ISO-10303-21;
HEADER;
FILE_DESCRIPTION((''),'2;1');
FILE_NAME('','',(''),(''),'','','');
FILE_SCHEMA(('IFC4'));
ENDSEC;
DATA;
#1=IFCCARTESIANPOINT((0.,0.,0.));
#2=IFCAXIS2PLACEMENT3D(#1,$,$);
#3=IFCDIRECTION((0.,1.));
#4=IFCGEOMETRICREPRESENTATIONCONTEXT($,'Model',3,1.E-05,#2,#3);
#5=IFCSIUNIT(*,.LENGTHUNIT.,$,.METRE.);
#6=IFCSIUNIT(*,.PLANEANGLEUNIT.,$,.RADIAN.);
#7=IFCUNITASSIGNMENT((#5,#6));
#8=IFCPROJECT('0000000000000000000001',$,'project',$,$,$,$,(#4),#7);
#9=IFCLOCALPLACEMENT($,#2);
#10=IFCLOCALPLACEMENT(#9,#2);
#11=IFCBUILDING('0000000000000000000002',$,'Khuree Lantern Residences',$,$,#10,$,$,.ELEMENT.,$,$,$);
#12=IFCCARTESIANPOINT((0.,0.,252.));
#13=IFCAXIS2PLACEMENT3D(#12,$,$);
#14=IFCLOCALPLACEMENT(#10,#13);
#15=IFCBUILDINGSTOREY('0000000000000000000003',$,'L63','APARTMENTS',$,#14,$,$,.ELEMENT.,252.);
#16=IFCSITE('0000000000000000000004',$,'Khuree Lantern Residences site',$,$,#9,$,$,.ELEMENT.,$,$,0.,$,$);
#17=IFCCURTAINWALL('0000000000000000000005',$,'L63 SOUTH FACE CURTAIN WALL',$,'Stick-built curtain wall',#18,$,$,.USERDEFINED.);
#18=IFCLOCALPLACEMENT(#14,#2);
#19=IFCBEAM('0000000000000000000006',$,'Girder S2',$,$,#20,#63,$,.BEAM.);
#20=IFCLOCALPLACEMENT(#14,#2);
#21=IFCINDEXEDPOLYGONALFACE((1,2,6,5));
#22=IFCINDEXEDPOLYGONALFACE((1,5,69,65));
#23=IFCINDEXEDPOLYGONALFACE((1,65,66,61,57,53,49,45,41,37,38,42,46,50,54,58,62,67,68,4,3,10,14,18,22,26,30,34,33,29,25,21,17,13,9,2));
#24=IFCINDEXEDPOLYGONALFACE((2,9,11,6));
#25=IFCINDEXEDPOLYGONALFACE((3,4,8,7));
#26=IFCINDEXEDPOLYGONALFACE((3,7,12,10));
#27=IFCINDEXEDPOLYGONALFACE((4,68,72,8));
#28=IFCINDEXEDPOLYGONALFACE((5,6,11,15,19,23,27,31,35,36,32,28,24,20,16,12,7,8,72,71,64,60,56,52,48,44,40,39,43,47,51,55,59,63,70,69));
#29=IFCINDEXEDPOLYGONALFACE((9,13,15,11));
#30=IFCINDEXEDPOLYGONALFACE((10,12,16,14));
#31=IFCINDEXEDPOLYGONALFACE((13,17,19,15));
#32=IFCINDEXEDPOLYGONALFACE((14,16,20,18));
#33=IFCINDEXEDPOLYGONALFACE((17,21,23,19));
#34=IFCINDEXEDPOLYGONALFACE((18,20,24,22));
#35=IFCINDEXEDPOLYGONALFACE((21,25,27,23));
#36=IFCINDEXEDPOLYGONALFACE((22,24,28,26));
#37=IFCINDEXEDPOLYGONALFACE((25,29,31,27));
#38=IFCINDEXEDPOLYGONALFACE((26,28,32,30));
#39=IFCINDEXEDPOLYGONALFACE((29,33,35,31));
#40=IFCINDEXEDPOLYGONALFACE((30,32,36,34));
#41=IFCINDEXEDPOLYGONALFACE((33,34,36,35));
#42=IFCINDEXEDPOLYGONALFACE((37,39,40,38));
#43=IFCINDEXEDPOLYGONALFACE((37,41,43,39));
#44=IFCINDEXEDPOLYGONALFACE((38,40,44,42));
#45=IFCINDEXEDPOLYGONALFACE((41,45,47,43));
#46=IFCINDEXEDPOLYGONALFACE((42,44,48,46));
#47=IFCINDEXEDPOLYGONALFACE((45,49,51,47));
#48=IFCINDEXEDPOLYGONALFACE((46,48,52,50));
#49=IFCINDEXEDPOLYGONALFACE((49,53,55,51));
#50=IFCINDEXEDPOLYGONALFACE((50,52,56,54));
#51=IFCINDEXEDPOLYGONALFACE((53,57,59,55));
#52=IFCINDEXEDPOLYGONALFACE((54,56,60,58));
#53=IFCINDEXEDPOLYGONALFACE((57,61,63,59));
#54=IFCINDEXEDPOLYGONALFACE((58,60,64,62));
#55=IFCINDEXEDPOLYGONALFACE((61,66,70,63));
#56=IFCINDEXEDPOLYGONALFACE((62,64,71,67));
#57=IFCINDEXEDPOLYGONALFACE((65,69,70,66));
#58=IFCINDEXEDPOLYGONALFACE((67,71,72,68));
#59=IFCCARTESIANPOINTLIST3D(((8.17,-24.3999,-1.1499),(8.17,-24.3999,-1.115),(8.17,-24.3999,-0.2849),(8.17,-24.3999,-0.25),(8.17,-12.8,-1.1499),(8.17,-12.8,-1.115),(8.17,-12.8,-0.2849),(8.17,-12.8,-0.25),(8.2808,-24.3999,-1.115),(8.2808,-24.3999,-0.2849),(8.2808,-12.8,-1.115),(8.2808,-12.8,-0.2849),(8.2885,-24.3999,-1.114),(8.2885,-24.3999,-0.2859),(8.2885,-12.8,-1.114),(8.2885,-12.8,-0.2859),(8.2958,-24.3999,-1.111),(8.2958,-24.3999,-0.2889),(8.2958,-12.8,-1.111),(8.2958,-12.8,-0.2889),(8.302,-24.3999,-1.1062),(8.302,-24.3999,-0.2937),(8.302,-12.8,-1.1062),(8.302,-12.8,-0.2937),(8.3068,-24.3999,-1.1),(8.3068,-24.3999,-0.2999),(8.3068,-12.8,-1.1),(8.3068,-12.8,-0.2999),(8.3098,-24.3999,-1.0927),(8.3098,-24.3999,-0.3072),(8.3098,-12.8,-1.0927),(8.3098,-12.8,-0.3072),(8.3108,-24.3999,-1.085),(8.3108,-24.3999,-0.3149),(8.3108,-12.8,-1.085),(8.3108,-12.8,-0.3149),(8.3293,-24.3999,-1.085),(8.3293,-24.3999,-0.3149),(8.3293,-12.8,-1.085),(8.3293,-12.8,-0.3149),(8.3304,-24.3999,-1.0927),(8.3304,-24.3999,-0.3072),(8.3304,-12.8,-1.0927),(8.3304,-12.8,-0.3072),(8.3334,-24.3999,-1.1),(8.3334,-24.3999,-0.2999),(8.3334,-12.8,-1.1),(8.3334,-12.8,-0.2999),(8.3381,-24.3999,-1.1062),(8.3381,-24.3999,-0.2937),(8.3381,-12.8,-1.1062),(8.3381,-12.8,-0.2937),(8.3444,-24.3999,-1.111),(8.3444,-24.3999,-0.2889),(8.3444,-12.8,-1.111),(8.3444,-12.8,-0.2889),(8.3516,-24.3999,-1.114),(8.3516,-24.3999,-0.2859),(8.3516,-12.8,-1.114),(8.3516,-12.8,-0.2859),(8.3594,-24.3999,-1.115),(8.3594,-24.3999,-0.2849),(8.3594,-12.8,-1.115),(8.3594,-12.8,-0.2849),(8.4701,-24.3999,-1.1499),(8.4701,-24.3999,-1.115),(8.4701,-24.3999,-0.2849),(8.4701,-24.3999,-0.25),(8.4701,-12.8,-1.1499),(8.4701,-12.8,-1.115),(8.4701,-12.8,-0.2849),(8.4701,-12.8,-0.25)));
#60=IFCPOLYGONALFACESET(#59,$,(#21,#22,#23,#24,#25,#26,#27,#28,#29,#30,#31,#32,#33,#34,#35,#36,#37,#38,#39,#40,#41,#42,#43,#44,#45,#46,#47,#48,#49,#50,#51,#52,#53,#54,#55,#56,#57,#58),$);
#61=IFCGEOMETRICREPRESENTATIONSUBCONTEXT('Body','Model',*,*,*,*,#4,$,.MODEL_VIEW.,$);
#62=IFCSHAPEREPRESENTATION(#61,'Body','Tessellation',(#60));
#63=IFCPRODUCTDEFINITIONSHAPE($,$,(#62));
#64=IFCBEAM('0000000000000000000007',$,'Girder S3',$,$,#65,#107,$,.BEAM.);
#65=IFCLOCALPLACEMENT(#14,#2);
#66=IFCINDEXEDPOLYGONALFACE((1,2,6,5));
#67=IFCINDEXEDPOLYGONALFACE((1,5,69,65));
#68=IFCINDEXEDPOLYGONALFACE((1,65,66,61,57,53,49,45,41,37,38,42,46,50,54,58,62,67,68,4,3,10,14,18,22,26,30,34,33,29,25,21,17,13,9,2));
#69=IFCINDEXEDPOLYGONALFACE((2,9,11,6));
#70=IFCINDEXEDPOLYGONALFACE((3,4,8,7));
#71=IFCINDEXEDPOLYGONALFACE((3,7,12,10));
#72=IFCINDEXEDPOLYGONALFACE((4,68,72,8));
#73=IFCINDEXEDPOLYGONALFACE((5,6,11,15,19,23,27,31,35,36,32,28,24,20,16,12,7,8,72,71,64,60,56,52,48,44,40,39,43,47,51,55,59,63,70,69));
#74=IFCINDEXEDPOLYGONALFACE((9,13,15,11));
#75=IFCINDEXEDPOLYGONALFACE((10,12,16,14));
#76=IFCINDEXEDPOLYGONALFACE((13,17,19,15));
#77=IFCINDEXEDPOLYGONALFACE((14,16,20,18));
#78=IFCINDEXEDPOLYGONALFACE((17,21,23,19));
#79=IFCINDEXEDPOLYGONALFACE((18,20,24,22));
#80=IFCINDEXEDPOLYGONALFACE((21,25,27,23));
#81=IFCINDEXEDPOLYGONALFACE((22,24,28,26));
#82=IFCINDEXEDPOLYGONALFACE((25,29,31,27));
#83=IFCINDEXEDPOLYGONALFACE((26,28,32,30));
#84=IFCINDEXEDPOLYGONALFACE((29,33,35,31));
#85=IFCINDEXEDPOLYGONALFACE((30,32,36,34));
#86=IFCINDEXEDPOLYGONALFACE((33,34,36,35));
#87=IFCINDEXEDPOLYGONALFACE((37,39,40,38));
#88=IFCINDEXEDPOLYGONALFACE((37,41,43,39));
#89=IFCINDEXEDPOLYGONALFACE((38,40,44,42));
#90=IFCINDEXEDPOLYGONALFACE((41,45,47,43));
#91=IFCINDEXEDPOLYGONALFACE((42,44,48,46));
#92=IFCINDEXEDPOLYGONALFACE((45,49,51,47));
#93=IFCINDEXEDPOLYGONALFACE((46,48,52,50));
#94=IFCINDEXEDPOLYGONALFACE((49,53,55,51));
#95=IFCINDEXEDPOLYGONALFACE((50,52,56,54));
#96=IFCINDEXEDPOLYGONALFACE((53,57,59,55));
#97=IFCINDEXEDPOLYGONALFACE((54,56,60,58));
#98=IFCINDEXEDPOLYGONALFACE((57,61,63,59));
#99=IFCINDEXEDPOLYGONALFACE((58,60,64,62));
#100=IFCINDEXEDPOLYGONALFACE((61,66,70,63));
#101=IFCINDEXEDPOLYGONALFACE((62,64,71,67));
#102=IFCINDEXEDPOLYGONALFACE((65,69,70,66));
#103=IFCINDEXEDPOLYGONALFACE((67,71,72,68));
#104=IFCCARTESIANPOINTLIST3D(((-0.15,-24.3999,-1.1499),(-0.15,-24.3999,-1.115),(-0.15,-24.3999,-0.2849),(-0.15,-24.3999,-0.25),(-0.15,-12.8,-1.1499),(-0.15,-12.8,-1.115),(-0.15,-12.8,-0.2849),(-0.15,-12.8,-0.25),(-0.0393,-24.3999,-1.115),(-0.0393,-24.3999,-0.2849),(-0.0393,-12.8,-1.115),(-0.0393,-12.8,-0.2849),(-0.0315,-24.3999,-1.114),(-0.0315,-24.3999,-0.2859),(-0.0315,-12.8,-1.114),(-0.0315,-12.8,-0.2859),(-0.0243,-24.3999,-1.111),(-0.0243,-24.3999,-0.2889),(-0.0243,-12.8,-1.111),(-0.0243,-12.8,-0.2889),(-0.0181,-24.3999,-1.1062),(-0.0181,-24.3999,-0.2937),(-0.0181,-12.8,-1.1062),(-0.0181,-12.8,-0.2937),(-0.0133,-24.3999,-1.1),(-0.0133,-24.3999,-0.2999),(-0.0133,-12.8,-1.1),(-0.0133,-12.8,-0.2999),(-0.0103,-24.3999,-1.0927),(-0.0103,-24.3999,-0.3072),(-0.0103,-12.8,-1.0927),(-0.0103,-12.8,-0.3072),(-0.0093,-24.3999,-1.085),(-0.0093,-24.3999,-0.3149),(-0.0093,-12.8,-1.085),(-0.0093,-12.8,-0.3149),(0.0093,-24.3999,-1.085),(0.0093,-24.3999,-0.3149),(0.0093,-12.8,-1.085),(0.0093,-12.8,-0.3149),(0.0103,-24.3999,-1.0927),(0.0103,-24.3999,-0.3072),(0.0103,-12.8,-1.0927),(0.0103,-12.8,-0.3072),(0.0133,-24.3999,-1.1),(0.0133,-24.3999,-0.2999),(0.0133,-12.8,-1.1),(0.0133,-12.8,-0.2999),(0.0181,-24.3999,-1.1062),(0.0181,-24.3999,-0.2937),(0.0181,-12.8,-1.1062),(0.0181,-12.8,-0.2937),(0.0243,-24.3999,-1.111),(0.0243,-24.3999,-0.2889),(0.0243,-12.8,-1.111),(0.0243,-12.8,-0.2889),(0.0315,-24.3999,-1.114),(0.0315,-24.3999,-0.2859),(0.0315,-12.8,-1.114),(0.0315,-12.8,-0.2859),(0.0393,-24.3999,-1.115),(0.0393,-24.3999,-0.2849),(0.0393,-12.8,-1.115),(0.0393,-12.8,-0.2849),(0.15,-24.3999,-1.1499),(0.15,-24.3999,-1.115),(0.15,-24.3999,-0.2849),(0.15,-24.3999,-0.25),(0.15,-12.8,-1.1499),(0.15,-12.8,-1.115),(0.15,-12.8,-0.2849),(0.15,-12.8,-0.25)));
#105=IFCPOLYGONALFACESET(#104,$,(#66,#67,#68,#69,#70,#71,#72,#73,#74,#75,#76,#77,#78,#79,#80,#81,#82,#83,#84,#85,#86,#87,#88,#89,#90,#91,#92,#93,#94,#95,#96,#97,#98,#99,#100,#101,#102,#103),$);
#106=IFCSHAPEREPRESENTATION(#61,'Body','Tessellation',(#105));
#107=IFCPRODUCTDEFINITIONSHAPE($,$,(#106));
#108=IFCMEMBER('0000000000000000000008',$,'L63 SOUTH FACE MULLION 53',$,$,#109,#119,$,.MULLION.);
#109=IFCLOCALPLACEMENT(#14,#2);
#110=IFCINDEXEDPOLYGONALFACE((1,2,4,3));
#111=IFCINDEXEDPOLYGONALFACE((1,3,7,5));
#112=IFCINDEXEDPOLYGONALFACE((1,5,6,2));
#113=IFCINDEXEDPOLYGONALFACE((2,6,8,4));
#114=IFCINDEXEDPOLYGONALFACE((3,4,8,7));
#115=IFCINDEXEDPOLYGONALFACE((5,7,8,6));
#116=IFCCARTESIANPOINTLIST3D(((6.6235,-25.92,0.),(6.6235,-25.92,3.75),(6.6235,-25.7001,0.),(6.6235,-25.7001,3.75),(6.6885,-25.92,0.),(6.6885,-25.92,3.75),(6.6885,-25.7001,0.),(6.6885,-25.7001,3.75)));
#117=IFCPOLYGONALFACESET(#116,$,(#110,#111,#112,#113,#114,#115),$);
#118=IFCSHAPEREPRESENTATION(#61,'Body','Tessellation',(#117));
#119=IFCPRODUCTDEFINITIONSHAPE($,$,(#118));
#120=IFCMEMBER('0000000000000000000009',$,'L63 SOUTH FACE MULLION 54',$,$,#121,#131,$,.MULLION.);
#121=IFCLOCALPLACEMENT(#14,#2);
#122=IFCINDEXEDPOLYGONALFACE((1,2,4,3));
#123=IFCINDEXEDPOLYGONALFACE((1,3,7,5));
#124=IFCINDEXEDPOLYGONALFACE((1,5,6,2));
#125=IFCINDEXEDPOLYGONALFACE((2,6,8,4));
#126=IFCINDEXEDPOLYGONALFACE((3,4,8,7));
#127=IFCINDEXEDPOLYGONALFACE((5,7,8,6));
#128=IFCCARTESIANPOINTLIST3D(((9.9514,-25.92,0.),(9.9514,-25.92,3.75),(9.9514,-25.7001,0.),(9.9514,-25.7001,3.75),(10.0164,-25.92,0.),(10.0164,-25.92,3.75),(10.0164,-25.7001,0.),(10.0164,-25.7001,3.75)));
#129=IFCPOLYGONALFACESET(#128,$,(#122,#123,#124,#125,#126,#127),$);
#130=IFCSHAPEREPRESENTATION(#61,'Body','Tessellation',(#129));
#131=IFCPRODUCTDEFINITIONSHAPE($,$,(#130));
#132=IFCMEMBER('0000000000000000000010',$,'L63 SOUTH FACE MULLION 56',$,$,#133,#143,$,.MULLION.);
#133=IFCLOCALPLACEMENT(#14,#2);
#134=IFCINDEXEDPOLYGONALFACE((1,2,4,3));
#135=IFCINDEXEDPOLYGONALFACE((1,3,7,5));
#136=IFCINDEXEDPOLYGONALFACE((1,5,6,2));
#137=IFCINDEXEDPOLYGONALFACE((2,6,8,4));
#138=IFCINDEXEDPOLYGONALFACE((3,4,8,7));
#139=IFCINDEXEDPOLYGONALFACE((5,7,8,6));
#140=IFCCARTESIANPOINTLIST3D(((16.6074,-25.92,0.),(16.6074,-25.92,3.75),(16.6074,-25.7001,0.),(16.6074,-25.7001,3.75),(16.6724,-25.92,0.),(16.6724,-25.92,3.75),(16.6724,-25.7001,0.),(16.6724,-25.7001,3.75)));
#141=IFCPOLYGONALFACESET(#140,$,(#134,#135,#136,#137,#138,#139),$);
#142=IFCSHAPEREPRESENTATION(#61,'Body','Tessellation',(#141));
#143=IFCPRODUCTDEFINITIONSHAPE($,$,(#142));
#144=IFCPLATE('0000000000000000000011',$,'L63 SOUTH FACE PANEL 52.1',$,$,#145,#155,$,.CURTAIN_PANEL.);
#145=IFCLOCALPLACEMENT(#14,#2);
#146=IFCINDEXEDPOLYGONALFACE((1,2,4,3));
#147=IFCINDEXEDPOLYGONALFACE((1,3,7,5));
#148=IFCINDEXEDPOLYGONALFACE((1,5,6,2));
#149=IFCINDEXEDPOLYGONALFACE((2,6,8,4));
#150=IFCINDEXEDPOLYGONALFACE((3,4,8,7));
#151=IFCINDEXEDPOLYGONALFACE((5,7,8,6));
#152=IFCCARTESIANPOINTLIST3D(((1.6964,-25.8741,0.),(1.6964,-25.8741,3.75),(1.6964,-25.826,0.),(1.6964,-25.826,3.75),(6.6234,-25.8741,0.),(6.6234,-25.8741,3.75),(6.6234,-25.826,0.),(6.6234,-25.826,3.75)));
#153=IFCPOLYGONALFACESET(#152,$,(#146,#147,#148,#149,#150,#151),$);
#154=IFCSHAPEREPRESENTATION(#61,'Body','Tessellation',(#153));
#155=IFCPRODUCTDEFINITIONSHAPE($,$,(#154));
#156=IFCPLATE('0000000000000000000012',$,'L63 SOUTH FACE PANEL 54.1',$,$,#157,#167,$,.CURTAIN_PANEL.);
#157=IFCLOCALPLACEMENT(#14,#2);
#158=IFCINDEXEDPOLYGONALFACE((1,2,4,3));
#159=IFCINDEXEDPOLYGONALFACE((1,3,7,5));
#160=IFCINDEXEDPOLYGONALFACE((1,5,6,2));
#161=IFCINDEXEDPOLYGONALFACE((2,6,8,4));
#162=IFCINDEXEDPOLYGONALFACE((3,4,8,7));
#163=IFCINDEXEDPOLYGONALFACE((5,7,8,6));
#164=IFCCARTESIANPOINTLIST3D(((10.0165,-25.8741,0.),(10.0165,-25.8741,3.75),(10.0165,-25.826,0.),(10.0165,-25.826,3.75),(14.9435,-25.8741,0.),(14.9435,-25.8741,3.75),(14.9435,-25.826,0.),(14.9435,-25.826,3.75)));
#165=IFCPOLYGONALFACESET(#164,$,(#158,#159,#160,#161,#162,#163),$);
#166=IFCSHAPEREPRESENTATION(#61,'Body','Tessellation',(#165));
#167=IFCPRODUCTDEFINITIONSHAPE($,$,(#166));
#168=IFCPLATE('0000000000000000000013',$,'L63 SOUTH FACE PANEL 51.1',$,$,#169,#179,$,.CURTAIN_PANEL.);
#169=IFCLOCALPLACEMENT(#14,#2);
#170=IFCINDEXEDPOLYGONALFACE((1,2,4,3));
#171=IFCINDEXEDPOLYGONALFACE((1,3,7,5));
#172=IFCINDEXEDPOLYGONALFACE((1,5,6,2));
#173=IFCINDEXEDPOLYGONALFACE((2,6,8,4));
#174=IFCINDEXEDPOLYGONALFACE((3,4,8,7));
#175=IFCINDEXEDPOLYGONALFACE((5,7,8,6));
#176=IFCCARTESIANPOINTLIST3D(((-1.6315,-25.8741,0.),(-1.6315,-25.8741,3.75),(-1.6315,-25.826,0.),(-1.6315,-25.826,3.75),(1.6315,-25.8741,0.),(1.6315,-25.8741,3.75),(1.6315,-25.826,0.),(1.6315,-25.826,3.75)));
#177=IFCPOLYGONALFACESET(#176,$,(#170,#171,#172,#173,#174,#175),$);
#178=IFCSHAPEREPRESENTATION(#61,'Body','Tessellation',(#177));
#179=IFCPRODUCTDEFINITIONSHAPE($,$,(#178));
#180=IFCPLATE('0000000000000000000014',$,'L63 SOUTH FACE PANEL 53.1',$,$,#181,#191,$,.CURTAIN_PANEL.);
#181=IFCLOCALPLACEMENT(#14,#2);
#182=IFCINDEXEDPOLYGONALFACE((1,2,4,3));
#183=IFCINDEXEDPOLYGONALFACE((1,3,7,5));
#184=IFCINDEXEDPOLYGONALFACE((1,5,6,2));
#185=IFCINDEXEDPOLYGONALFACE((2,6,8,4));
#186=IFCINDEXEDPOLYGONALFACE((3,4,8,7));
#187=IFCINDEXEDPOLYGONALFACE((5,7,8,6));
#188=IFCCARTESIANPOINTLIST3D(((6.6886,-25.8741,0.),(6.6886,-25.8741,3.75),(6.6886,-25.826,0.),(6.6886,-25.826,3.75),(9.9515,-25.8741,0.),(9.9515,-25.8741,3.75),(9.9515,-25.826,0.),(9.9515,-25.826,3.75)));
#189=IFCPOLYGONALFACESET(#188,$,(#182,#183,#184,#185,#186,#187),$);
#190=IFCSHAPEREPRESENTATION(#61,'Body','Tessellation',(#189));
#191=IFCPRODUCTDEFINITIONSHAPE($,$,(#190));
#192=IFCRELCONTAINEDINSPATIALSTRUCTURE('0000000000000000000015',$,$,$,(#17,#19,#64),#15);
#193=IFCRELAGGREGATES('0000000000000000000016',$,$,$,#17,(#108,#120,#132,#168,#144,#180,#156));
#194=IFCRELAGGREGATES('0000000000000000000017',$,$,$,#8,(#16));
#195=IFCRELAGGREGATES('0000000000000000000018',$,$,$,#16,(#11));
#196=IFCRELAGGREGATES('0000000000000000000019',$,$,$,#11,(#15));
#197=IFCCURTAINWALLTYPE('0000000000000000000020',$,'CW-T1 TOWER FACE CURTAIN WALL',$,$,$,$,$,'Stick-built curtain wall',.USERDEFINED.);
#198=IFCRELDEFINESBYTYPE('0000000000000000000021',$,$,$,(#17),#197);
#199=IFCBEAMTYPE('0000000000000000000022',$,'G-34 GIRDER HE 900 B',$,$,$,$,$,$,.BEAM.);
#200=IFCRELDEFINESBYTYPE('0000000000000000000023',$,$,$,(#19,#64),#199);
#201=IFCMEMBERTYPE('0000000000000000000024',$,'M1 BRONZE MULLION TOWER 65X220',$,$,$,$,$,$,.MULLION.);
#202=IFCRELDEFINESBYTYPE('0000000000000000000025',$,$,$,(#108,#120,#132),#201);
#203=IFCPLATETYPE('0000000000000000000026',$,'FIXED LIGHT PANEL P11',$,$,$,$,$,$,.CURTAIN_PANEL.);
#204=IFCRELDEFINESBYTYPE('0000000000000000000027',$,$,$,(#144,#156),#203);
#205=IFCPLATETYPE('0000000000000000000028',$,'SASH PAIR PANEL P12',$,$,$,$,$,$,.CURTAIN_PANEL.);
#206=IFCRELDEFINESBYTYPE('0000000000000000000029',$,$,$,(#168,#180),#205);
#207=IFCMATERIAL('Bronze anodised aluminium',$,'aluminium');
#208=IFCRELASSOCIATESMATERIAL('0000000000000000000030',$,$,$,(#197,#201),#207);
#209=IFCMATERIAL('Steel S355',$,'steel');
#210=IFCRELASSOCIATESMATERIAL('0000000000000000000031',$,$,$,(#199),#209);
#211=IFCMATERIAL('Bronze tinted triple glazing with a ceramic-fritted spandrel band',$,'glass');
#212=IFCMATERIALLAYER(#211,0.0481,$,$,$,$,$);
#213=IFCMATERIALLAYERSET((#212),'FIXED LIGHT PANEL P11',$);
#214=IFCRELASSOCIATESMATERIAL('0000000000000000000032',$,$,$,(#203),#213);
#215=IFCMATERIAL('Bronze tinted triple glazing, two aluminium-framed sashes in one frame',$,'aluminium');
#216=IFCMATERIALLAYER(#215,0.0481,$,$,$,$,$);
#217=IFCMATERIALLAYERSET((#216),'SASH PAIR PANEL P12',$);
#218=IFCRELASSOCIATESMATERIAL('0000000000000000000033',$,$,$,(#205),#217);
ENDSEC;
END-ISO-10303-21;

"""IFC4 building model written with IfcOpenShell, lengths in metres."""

from ifc_helpers import new_model, si_unit, direction, frame, origin, origin_2d, place, context, subcontext, project, spatial, rectangle, i_section, extrude, material, layer, layer_set, material_profile, profile_set, type_object, element, aggregate, save


model = new_model("IFC4")

# Units and contexts
model_context = context("Model", 3, precision=1e-05, world=origin(), true_north=direction((0.0, 1.0)))
body_context = subcontext(model_context, "Body", "Model", "MODEL_VIEW")
ifc_project = project(units=[si_unit("LENGTHUNIT", "METRE"), si_unit("PLANEANGLEUNIT", "RADIAN")], contexts=[model_context])

# Site, building, storey
site_placement = place(None, origin())
site = spatial("IfcSite", under=ifc_project, at=site_placement, Name="Khuree Lantern Residences site", CompositionType="ELEMENT", RefElevation=0.0)
building_placement = place(site_placement, origin())
building = spatial("IfcBuilding", under=site, at=building_placement, Name="Khuree Lantern Residences", CompositionType="ELEMENT")
storey_placement = place(building_placement, frame((0.0, 0.0, 252.0)))
storey = spatial("IfcBuildingStorey", under=building, at=storey_placement, Name="L63", Description="APARTMENTS", CompositionType="ELEMENT", Elevation=252.0)

# Shared definitions
ifc_material_1 = material(Name="Steel S355", Category="steel")

# Curtain wall
ifc_material_2 = material(Name="Bronze anodised aluminium", Category="aluminium")
curtain_wall_type = type_object("IfcCurtainWallType", Name="CW-T1 TOWER FACE CURTAIN WALL", ElementType="Stick-built curtain wall", PredefinedType="USERDEFINED", material=ifc_material_2)
curtain_wall_placement = place(storey_placement, origin())
curtain_wall = element("IfcCurtainWall", 1, at=curtain_wall_placement, inside=storey, type_object=curtain_wall_type, Name="L63 SOUTH FACE CURTAIN WALL", ObjectType="Stick-built curtain wall", PredefinedType="USERDEFINED")

# Beams
ifc_material_profile_1 = material_profile(ifc_material_1, i_section(OverallWidth=0.3, OverallDepth=0.8999, WebThickness=0.0186, FlangeThickness=0.0349, FilletRadius=0.03, at=origin_2d()), Name="HE 900 B")
ifc_profile_set_1 = profile_set([ifc_material_profile_1], Name="Steel S355")
beam_type_1 = type_object("IfcBeamType", Name="G-34 GIRDER HE 900 B", PredefinedType="BEAM", material=ifc_profile_set_1)
for number, where, z_axis, x_axis, name in (
    (2, (8.3201, -24.3999, -0.7), (0.0, 1.0, 0.0), (-1.0, 0.0, 0.0), "Girder S2"),
    (3, (0.0, -24.3999, -0.7), (0.0, 1.0, 0.0), (-1.0, 0.0, 0.0), "Girder S3"),
):
    element("IfcBeam", number, at=place(storey_placement, frame(where, z_axis=z_axis, x_axis=x_axis)), inside=storey, type_object=beam_type_1, Name=name, PredefinedType="BEAM", context=body_context, shape_type="SweptSolid", body=[
        extrude(i_section(OverallWidth=0.3, OverallDepth=0.8999, WebThickness=0.0186, FlangeThickness=0.0349, FilletRadius=0.03, at=origin_2d()), origin(), (0.0, 0.0, 1.0), 11.5999),
    ])

# Members
ifc_material_profile_2 = material_profile(ifc_material_2, rectangle(XDim=0.0649, YDim=0.22, at=origin_2d()), Name="M1 65X220")
ifc_profile_set_2 = profile_set([ifc_material_profile_2], Name="Bronze anodised aluminium")
member_type_1 = type_object("IfcMemberType", Name="M1 BRONZE MULLION TOWER 65X220", PredefinedType="MULLION", material=ifc_profile_set_2)
member_1_placement = place(storey_placement, frame((6.656, -25.8101, 0.0), z_axis=(0.0, 0.0, 1.0), x_axis=(1.0, 0.0, 0.0)))
member_1 = element("IfcMember", 4, at=member_1_placement, type_object=member_type_1, Name="L63 SOUTH FACE MULLION 53", PredefinedType="MULLION", context=body_context, shape_type="SweptSolid", body=[
    extrude(rectangle(XDim=0.0649, YDim=0.22, at=origin_2d()), origin(), (0.0, 0.0, 1.0), 3.75),
])
member_2_placement = place(storey_placement, frame((9.9839, -25.8101, 0.0), z_axis=(0.0, 0.0, 1.0), x_axis=(1.0, 0.0, 0.0)))
member_2 = element("IfcMember", 5, at=member_2_placement, type_object=member_type_1, Name="L63 SOUTH FACE MULLION 54", PredefinedType="MULLION", context=body_context, shape_type="SweptSolid", body=[
    extrude(rectangle(XDim=0.0649, YDim=0.22, at=origin_2d()), origin(), (0.0, 0.0, 1.0), 3.75),
])
member_3_placement = place(storey_placement, frame((16.6399, -25.8101, 0.0), z_axis=(0.0, 0.0, 1.0), x_axis=(1.0, 0.0, 0.0)))
member_3 = element("IfcMember", 6, at=member_3_placement, type_object=member_type_1, Name="L63 SOUTH FACE MULLION 56", PredefinedType="MULLION", context=body_context, shape_type="SweptSolid", body=[
    extrude(rectangle(XDim=0.0649, YDim=0.22, at=origin_2d()), origin(), (0.0, 0.0, 1.0), 3.75),
])

# Plates
ifc_material_3 = material(Name="Bronze tinted triple glazing with a ceramic-fritted spandrel band", Category="glass")
ifc_layer_1 = layer(ifc_material_3, 0.0481)
ifc_layer_set_1 = layer_set([ifc_layer_1], Name="FIXED LIGHT PANEL P11")
plate_type_1 = type_object("IfcPlateType", Name="FIXED LIGHT PANEL P11", PredefinedType="CURTAIN_PANEL", material=ifc_layer_set_1)
plate_1_placement = place(storey_placement, frame((4.1599, -25.8501, 0.0), z_axis=(0.0, 0.0, 1.0), x_axis=(1.0, 0.0, 0.0)))
plate_1 = element("IfcPlate", 7, at=plate_1_placement, type_object=plate_type_1, Name="L63 SOUTH FACE PANEL 52.1", PredefinedType="CURTAIN_PANEL", context=body_context, shape_type="SweptSolid", body=[
    extrude(rectangle(XDim=4.927, YDim=0.0481, at=origin_2d()), origin(), (0.0, 0.0, 1.0), 3.75),
])
plate_2_placement = place(storey_placement, frame((12.48, -25.8501, 0.0), z_axis=(0.0, 0.0, 1.0), x_axis=(1.0, 0.0, 0.0)))
plate_2 = element("IfcPlate", 8, at=plate_2_placement, type_object=plate_type_1, Name="L63 SOUTH FACE PANEL 54.1", PredefinedType="CURTAIN_PANEL", context=body_context, shape_type="SweptSolid", body=[
    extrude(rectangle(XDim=4.927, YDim=0.0481, at=origin_2d()), origin(), (0.0, 0.0, 1.0), 3.75),
])
ifc_material_4 = material(Name="Bronze tinted triple glazing, two aluminium-framed sashes in one frame", Category="aluminium")
ifc_layer_2 = layer(ifc_material_4, 0.0481)
ifc_layer_set_2 = layer_set([ifc_layer_2], Name="SASH PAIR PANEL P12")
plate_type_2 = type_object("IfcPlateType", Name="SASH PAIR PANEL P12", PredefinedType="CURTAIN_PANEL", material=ifc_layer_set_2)
plate_3_placement = place(storey_placement, frame((0.0, -25.8501, 0.0), z_axis=(0.0, 0.0, 1.0), x_axis=(1.0, 0.0, 0.0)))
plate_3 = element("IfcPlate", 9, at=plate_3_placement, type_object=plate_type_2, Name="L63 SOUTH FACE PANEL 51.1", PredefinedType="CURTAIN_PANEL", context=body_context, shape_type="SweptSolid", body=[
    extrude(rectangle(XDim=3.2629, YDim=0.0481, at=origin_2d()), origin(), (0.0, 0.0, 1.0), 3.75),
])
plate_4_placement = place(storey_placement, frame((8.3201, -25.8501, 0.0), z_axis=(0.0, 0.0, 1.0), x_axis=(1.0, 0.0, 0.0)))
plate_4 = element("IfcPlate", 10, at=plate_4_placement, type_object=plate_type_2, Name="L63 SOUTH FACE PANEL 53.1", PredefinedType="CURTAIN_PANEL", context=body_context, shape_type="SweptSolid", body=[
    extrude(rectangle(XDim=3.2629, YDim=0.0481, at=origin_2d()), origin(), (0.0, 0.0, 1.0), 3.75),
])
aggregate(curtain_wall, [member_1, member_2, member_3, plate_3, plate_1, plate_4, plate_2])

save(model, "model.ifc")
